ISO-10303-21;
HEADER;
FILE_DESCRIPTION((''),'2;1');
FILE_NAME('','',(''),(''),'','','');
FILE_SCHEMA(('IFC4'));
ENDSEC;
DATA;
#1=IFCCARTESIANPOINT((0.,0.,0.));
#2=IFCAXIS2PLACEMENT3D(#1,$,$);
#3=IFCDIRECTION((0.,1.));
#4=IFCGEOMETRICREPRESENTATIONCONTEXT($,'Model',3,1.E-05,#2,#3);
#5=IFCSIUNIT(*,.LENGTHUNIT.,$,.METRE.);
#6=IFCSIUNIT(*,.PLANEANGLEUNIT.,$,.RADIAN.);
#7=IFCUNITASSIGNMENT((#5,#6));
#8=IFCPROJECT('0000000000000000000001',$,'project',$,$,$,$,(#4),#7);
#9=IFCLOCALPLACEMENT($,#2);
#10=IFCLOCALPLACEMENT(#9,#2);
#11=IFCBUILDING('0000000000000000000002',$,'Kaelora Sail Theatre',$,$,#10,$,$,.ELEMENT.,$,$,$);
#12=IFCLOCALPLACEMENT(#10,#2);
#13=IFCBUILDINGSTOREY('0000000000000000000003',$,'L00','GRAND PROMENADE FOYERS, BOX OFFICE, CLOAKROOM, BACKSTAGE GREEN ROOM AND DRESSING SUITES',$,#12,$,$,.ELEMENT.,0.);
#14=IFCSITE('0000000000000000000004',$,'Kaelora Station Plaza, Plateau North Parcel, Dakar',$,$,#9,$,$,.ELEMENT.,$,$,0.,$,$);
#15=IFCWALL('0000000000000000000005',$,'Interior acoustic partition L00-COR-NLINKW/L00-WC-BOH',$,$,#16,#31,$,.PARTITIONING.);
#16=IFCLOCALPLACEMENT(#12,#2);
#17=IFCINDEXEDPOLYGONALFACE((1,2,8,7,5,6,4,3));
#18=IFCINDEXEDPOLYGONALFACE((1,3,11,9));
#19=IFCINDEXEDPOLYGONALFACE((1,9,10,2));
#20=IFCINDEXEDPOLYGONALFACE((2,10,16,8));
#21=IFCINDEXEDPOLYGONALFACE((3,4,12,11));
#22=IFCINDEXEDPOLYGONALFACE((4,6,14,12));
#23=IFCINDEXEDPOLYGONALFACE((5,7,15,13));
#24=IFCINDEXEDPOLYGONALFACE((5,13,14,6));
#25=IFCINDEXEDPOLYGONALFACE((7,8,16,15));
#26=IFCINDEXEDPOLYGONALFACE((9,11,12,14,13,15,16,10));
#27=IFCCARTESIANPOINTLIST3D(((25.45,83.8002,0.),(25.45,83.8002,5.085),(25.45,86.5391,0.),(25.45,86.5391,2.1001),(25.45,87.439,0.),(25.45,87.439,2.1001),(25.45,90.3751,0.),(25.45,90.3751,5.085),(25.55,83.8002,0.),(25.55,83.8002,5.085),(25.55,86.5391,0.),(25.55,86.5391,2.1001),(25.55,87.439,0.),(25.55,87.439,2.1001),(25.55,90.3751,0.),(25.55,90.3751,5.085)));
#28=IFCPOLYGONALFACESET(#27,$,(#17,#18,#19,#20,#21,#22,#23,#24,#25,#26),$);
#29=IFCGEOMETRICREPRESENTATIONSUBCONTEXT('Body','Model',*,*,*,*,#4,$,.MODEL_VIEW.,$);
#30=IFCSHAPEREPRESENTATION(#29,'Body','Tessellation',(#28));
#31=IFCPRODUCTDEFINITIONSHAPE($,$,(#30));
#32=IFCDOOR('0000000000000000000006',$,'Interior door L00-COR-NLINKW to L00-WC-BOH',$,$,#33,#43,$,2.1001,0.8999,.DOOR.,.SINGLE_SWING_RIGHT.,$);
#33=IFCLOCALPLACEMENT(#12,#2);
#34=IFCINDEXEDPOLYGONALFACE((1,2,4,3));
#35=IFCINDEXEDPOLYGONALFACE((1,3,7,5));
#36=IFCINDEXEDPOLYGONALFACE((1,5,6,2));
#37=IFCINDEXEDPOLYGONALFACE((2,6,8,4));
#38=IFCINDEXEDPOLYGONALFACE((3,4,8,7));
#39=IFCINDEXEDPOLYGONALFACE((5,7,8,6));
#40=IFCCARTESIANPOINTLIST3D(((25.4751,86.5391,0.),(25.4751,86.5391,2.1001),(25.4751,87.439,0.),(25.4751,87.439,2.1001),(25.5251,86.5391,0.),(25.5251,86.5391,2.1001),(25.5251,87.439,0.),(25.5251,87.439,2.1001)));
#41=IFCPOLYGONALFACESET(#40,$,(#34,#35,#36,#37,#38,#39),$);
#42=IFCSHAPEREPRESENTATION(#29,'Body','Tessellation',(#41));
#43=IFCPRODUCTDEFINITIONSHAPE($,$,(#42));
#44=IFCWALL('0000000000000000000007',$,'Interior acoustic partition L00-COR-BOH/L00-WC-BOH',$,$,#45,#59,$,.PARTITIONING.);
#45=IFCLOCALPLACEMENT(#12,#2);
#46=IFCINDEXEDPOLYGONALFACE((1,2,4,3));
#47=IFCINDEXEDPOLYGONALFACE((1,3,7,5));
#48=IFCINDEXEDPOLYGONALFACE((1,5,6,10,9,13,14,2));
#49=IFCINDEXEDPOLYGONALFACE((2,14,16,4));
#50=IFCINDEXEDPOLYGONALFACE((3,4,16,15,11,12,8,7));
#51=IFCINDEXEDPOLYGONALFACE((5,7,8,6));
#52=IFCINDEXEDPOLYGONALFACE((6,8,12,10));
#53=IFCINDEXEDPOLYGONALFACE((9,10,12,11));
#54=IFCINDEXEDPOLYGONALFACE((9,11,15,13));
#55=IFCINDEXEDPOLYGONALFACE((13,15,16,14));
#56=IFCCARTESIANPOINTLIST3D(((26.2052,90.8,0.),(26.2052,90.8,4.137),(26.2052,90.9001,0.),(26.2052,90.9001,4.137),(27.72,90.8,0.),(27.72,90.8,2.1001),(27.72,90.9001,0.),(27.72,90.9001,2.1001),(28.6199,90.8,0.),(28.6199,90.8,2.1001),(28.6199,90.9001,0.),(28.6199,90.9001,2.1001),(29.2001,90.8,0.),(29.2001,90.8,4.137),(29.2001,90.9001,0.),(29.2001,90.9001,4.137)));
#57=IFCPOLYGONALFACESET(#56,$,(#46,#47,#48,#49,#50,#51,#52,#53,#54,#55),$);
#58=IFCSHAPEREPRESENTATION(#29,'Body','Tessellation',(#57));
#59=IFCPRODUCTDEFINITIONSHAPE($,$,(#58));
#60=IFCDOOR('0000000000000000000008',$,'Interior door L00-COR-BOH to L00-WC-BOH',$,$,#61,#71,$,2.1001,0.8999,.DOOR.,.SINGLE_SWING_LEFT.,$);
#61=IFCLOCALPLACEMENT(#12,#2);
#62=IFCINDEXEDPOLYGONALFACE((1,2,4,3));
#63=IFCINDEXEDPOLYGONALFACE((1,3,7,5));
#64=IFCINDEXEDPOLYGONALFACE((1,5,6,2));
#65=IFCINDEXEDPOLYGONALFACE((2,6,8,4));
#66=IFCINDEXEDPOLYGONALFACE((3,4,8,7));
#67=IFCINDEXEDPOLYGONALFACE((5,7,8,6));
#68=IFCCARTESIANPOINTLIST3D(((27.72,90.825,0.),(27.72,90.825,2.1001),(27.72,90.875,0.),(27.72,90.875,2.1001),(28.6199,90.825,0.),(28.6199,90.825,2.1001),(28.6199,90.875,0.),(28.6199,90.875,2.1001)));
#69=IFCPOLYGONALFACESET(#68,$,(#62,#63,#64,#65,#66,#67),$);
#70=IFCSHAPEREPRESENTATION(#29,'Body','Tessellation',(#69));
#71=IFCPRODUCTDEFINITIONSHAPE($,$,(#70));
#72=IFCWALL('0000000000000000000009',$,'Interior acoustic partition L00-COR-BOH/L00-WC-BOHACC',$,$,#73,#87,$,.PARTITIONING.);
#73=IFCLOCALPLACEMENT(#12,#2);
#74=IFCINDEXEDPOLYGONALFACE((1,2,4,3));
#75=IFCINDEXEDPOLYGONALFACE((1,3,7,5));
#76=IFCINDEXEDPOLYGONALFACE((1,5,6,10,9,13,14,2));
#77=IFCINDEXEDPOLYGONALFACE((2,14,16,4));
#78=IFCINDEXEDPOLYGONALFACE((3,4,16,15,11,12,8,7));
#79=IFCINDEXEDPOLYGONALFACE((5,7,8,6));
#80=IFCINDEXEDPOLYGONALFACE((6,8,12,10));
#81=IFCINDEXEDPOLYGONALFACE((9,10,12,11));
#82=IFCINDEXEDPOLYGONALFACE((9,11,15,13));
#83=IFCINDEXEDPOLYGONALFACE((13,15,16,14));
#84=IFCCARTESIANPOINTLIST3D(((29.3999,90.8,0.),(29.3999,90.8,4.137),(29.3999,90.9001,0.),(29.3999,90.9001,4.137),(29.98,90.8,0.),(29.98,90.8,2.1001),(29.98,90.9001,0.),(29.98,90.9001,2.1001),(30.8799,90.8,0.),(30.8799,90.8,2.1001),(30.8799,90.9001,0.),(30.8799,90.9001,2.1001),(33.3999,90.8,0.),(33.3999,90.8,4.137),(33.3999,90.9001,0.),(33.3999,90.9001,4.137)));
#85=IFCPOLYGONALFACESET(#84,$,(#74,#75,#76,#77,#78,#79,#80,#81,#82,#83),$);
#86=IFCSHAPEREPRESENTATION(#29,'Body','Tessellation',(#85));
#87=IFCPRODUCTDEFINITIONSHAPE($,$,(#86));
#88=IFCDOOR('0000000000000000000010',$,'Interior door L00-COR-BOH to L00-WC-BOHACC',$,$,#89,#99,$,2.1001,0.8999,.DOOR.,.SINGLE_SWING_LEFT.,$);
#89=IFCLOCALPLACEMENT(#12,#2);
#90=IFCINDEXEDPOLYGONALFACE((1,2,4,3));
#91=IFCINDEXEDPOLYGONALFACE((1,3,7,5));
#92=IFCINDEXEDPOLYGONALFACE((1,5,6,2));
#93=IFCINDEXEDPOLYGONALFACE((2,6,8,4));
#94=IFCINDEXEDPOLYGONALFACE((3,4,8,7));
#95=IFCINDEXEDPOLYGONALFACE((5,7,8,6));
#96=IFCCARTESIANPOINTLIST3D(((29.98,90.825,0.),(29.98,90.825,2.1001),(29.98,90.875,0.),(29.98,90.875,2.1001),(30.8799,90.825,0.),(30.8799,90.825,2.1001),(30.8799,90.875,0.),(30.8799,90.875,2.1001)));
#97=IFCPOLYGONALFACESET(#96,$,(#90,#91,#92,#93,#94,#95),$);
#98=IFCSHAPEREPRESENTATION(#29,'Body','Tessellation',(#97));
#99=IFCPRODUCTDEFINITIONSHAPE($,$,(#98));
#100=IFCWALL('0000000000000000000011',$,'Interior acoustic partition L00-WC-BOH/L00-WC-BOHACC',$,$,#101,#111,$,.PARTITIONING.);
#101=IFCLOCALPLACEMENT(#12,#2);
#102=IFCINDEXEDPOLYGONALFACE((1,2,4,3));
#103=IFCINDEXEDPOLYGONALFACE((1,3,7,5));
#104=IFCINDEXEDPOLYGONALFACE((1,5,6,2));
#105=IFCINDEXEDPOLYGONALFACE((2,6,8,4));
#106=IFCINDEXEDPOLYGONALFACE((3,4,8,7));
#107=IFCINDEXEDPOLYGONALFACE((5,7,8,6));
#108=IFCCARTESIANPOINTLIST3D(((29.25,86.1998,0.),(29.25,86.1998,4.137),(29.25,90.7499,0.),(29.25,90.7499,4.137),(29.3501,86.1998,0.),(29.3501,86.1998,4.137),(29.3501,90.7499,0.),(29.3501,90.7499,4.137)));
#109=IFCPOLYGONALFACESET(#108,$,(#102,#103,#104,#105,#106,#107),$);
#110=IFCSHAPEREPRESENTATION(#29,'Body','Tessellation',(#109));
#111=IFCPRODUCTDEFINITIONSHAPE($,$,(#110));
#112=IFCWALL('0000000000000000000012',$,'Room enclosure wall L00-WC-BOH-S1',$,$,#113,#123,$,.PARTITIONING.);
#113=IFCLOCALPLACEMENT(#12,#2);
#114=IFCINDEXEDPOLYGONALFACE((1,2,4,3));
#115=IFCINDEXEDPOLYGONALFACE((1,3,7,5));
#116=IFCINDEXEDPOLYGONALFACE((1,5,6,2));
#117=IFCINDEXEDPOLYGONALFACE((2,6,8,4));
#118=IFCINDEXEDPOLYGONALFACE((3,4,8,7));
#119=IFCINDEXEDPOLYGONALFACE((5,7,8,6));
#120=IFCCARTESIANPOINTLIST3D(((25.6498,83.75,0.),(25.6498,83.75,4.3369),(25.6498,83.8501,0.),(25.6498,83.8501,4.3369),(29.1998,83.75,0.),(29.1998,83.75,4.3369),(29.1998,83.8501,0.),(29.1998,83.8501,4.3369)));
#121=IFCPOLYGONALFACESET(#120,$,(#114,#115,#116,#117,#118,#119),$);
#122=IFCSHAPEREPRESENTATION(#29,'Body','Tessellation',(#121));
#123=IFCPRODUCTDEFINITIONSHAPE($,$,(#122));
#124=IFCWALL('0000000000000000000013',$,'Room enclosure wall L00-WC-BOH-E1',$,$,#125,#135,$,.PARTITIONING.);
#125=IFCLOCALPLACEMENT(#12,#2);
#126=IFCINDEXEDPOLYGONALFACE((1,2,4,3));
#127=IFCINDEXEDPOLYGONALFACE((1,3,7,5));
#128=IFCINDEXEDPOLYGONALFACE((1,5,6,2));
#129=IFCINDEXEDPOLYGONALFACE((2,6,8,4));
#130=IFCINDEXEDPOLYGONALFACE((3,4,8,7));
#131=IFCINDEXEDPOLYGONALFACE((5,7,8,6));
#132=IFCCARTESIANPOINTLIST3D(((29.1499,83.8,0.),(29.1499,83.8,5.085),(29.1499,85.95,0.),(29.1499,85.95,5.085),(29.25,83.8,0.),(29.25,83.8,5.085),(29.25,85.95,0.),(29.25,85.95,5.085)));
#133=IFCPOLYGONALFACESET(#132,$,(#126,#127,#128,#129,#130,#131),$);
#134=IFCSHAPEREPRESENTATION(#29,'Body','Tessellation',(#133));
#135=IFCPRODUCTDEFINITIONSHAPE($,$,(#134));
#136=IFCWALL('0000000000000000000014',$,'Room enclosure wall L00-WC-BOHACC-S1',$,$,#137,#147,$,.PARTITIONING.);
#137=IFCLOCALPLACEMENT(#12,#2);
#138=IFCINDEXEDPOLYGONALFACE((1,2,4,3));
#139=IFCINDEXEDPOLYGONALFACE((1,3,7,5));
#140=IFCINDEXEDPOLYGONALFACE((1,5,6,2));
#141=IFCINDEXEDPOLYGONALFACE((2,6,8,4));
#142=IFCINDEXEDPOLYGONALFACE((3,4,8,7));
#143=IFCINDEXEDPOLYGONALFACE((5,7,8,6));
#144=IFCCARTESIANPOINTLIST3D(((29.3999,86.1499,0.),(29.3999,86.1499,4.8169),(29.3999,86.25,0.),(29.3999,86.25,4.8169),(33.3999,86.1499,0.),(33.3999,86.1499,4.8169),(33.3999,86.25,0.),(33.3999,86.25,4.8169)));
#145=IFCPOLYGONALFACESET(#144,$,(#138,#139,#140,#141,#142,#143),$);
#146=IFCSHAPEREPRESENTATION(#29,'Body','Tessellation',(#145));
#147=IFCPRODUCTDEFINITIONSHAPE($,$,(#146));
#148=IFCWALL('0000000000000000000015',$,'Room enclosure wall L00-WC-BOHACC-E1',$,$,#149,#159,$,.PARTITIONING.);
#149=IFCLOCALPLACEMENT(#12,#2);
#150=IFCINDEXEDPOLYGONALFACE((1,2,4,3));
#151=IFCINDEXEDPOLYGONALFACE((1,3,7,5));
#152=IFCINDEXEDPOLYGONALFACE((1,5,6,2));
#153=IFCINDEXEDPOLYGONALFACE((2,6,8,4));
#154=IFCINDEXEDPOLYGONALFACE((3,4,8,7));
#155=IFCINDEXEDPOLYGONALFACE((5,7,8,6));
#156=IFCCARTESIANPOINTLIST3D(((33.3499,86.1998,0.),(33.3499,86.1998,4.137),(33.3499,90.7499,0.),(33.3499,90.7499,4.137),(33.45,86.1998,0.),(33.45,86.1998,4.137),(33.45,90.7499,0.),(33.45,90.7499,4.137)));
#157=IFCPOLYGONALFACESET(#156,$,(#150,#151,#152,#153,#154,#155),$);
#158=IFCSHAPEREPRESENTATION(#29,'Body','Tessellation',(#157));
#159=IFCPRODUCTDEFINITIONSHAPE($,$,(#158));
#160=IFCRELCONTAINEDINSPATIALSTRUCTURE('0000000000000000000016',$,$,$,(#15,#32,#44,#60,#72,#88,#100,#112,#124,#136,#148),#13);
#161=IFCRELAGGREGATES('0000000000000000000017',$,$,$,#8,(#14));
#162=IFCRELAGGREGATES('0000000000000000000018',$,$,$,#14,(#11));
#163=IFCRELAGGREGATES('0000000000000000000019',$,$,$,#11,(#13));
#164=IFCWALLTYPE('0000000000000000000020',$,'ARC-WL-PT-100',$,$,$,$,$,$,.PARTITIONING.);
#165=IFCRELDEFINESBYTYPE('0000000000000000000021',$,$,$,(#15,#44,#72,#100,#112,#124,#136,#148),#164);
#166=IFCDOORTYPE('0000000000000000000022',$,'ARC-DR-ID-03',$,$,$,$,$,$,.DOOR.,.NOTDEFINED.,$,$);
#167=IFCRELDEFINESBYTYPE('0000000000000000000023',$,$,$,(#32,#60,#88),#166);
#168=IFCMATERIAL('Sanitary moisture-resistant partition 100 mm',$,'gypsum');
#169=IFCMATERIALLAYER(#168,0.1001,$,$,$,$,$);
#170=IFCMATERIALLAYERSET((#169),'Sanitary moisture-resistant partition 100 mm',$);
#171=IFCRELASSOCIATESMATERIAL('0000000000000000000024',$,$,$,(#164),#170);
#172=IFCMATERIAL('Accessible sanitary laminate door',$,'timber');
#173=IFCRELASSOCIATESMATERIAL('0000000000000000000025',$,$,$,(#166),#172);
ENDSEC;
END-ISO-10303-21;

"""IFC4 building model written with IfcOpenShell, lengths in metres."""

from ifc_helpers import new_model, si_unit, direction, frame, frame_2d, origin, place, context, subcontext, project, spatial, rectangle, extrude, material, layer, layer_set, type_object, element, fill, save


model = new_model("IFC4")

# Units and contexts
model_context = context("Model", 3, precision=1e-05, world=origin(), true_north=direction((0.0, 1.0)))
body_context = subcontext(model_context, "Body", "Model", "MODEL_VIEW")
ifc_project = project(units=[si_unit("LENGTHUNIT", "METRE"), si_unit("PLANEANGLEUNIT", "RADIAN")], contexts=[model_context])

# Site, building, storey
site_placement = place(None, origin())
site = spatial("IfcSite", under=ifc_project, at=site_placement, Name="Kaelora Station Plaza, Plateau North Parcel, Dakar", CompositionType="ELEMENT", RefElevation=0.0)
building_placement = place(site_placement, origin())
building = spatial("IfcBuilding", under=site, at=building_placement, Name="Kaelora Sail Theatre", CompositionType="ELEMENT")
storey_placement = place(building_placement, origin())
storey = spatial("IfcBuildingStorey", under=building, at=storey_placement, Name="L00", Description="GRAND PROMENADE FOYERS, BOX OFFICE, CLOAKROOM, BACKSTAGE GREEN ROOM AND DRESSING SUITES", CompositionType="ELEMENT", Elevation=0.0)

# Walls, openings, doors
ifc_material_1 = material(Name="Sanitary moisture-resistant partition 100 mm", Category="gypsum")
ifc_layer_1 = layer(ifc_material_1, 0.1001)
ifc_layer_set_1 = layer_set([ifc_layer_1], Name="Sanitary moisture-resistant partition 100 mm")
wall_type_1 = type_object("IfcWallType", Name="ARC-WL-PT-100", PredefinedType="PARTITIONING", material=ifc_layer_set_1)
wall_1_placement = place(storey_placement, frame((25.5, 83.8, 0.0), z_axis=(0.0, 0.0, 1.0), x_axis=(0.0, 1.0, 0.0)))
wall_1 = element("IfcWall", 1, at=wall_1_placement, inside=storey, type_object=wall_type_1, Name="Interior acoustic partition L00-COR-NLINKW/L00-WC-BOH", PredefinedType="PARTITIONING", context=body_context, shape_type="SweptSolid", body=[
    extrude(rectangle(XDim=6.575, YDim=0.1001, at=frame_2d((3.2876, 0.0))), origin(), (0.0, 0.0, 1.0), 5.085),
])
opening_1_placement = place(wall_1_placement, frame((2.739, 0.0, 0.0)))
opening_1 = element("IfcOpeningElement", 2, at=opening_1_placement, cuts=wall_1, PredefinedType="OPENING", context=body_context, shape_type="SweptSolid", body=[
    extrude(rectangle(XDim=0.8999, YDim=2.1001, at=frame_2d((0.45, 1.05))), frame((0.0, 0.06, 0.0), z_axis=(0.0, -1.0, 0.0), x_axis=(1.0, 0.0, 0.0)), (0.0, 0.0, 1.0), 0.1201),
])
ifc_material_2 = material(Name="Accessible sanitary laminate door", Category="timber")
door_type_1 = type_object("IfcDoorType", Name="ARC-DR-ID-03", OperationType="NOTDEFINED", PredefinedType="DOOR", material=ifc_material_2)
door_1_placement = place(opening_1_placement, origin())
door_1 = element("IfcDoor", 3, at=door_1_placement, inside=storey, type_object=door_type_1, Name="Interior door L00-COR-NLINKW to L00-WC-BOH", OperationType="SINGLE_SWING_RIGHT", OverallHeight=2.1001, OverallWidth=0.8999, PredefinedType="DOOR", context=body_context, shape_type="SweptSolid", body=[
    extrude(rectangle(XDim=0.8999, YDim=2.1001, at=frame_2d((0.45, 1.05))), frame((0.0, 0.0249, 0.0), z_axis=(0.0, -1.0, 0.0), x_axis=(1.0, 0.0, 0.0)), (0.0, 0.0, 1.0), 0.05),
])
fill(opening_1, door_1)
wall_2_placement = place(storey_placement, frame((26.2051, 90.8501, 0.0), z_axis=(0.0, 0.0, 1.0), x_axis=(1.0, 0.0, 0.0)))
wall_2 = element("IfcWall", 4, at=wall_2_placement, inside=storey, type_object=wall_type_1, Name="Interior acoustic partition L00-COR-BOH/L00-WC-BOH", PredefinedType="PARTITIONING", context=body_context, shape_type="SweptSolid", body=[
    extrude(rectangle(XDim=2.9949, YDim=0.1001, at=frame_2d((1.4976, 0.0))), origin(), (0.0, 0.0, 1.0), 4.137),
])
opening_2_placement = place(wall_2_placement, frame((1.5149, 0.0, 0.0)))
opening_2 = element("IfcOpeningElement", 5, at=opening_2_placement, cuts=wall_2, PredefinedType="OPENING", context=body_context, shape_type="SweptSolid", body=[
    extrude(rectangle(XDim=0.8999, YDim=2.1001, at=frame_2d((0.45, 1.05))), frame((0.0, 0.06, 0.0), z_axis=(0.0, -1.0, 0.0), x_axis=(1.0, 0.0, 0.0)), (0.0, 0.0, 1.0), 0.1201),
])
door_2_placement = place(opening_2_placement, origin())
door_2 = element("IfcDoor", 6, at=door_2_placement, inside=storey, type_object=door_type_1, Name="Interior door L00-COR-BOH to L00-WC-BOH", OperationType="SINGLE_SWING_LEFT", OverallHeight=2.1001, OverallWidth=0.8999, PredefinedType="DOOR", context=body_context, shape_type="SweptSolid", body=[
    extrude(rectangle(XDim=0.8999, YDim=2.1001, at=frame_2d((0.45, 1.05))), frame((0.0, 0.0249, 0.0), z_axis=(0.0, -1.0, 0.0), x_axis=(1.0, 0.0, 0.0)), (0.0, 0.0, 1.0), 0.05),
])
fill(opening_2, door_2)
wall_3_placement = place(storey_placement, frame((29.3999, 90.8501, 0.0), z_axis=(0.0, 0.0, 1.0), x_axis=(1.0, 0.0, 0.0)))
wall_3 = element("IfcWall", 7, at=wall_3_placement, inside=storey, type_object=wall_type_1, Name="Interior acoustic partition L00-COR-BOH/L00-WC-BOHACC", PredefinedType="PARTITIONING", context=body_context, shape_type="SweptSolid", body=[
    extrude(rectangle(XDim=4.0, YDim=0.1001, at=frame_2d((2.0, 0.0))), origin(), (0.0, 0.0, 1.0), 4.137),
])
opening_3_placement = place(wall_3_placement, frame((0.5801, 0.0, 0.0)))
opening_3 = element("IfcOpeningElement", 8, at=opening_3_placement, cuts=wall_3, PredefinedType="OPENING", context=body_context, shape_type="SweptSolid", body=[
    extrude(rectangle(XDim=0.8999, YDim=2.1001, at=frame_2d((0.45, 1.05))), frame((0.0, 0.06, 0.0), z_axis=(0.0, -1.0, 0.0), x_axis=(1.0, 0.0, 0.0)), (0.0, 0.0, 1.0), 0.1201),
])
door_3_placement = place(opening_3_placement, origin())
door_3 = element("IfcDoor", 9, at=door_3_placement, inside=storey, type_object=door_type_1, Name="Interior door L00-COR-BOH to L00-WC-BOHACC", OperationType="SINGLE_SWING_LEFT", OverallHeight=2.1001, OverallWidth=0.8999, PredefinedType="DOOR", context=body_context, shape_type="SweptSolid", body=[
    extrude(rectangle(XDim=0.8999, YDim=2.1001, at=frame_2d((0.45, 1.05))), frame((0.0, 0.0249, 0.0), z_axis=(0.0, -1.0, 0.0), x_axis=(1.0, 0.0, 0.0)), (0.0, 0.0, 1.0), 0.05),
])
fill(opening_3, door_3)

# Walls
wall_4_placement = place(storey_placement, frame((29.3, 86.2, 0.0), z_axis=(0.0, 0.0, 1.0), x_axis=(0.0, 1.0, 0.0)))
element("IfcWall", 10, at=wall_4_placement, inside=storey, type_object=wall_type_1, Name="Interior acoustic partition L00-WC-BOH/L00-WC-BOHACC", PredefinedType="PARTITIONING", context=body_context, shape_type="SweptSolid", body=[
    extrude(rectangle(XDim=4.55, YDim=0.1001, at=frame_2d((2.2749, 0.0))), origin(), (0.0, 0.0, 1.0), 4.137),
])
wall_5_placement = place(storey_placement, frame((25.6499, 83.8, 0.0), z_axis=(0.0, 0.0, 1.0), x_axis=(1.0, 0.0, 0.0)))
element("IfcWall", 11, at=wall_5_placement, inside=storey, type_object=wall_type_1, Name="Room enclosure wall L00-WC-BOH-S1", PredefinedType="PARTITIONING", context=body_context, shape_type="SweptSolid", body=[
    extrude(rectangle(XDim=3.55, YDim=0.1001, at=frame_2d((1.7749, 0.0))), origin(), (0.0, 0.0, 1.0), 4.3369),
])
wall_6_placement = place(storey_placement, frame((29.2, 83.8, 0.0), z_axis=(0.0, 0.0, 1.0), x_axis=(0.0, 1.0, 0.0)))
element("IfcWall", 12, at=wall_6_placement, inside=storey, type_object=wall_type_1, Name="Room enclosure wall L00-WC-BOH-E1", PredefinedType="PARTITIONING", context=body_context, shape_type="SweptSolid", body=[
    extrude(rectangle(XDim=2.1499, YDim=0.1001, at=frame_2d((1.075, 0.0))), origin(), (0.0, 0.0, 1.0), 5.085),
])
wall_7_placement = place(storey_placement, frame((29.3999, 86.2, 0.0), z_axis=(0.0, 0.0, 1.0), x_axis=(1.0, 0.0, 0.0)))
element("IfcWall", 13, at=wall_7_placement, inside=storey, type_object=wall_type_1, Name="Room enclosure wall L00-WC-BOHACC-S1", PredefinedType="PARTITIONING", context=body_context, shape_type="SweptSolid", body=[
    extrude(rectangle(XDim=4.0, YDim=0.1001, at=frame_2d((2.0, 0.0))), origin(), (0.0, 0.0, 1.0), 4.8169),
])
wall_8_placement = place(storey_placement, frame((33.3999, 86.2, 0.0), z_axis=(0.0, 0.0, 1.0), x_axis=(0.0, 1.0, 0.0)))
element("IfcWall", 14, at=wall_8_placement, inside=storey, type_object=wall_type_1, Name="Room enclosure wall L00-WC-BOHACC-E1", PredefinedType="PARTITIONING", context=body_context, shape_type="SweptSolid", body=[
    extrude(rectangle(XDim=4.55, YDim=0.1001, at=frame_2d((2.2749, 0.0))), origin(), (0.0, 0.0, 1.0), 4.137),
])

save(model, "model.ifc")
